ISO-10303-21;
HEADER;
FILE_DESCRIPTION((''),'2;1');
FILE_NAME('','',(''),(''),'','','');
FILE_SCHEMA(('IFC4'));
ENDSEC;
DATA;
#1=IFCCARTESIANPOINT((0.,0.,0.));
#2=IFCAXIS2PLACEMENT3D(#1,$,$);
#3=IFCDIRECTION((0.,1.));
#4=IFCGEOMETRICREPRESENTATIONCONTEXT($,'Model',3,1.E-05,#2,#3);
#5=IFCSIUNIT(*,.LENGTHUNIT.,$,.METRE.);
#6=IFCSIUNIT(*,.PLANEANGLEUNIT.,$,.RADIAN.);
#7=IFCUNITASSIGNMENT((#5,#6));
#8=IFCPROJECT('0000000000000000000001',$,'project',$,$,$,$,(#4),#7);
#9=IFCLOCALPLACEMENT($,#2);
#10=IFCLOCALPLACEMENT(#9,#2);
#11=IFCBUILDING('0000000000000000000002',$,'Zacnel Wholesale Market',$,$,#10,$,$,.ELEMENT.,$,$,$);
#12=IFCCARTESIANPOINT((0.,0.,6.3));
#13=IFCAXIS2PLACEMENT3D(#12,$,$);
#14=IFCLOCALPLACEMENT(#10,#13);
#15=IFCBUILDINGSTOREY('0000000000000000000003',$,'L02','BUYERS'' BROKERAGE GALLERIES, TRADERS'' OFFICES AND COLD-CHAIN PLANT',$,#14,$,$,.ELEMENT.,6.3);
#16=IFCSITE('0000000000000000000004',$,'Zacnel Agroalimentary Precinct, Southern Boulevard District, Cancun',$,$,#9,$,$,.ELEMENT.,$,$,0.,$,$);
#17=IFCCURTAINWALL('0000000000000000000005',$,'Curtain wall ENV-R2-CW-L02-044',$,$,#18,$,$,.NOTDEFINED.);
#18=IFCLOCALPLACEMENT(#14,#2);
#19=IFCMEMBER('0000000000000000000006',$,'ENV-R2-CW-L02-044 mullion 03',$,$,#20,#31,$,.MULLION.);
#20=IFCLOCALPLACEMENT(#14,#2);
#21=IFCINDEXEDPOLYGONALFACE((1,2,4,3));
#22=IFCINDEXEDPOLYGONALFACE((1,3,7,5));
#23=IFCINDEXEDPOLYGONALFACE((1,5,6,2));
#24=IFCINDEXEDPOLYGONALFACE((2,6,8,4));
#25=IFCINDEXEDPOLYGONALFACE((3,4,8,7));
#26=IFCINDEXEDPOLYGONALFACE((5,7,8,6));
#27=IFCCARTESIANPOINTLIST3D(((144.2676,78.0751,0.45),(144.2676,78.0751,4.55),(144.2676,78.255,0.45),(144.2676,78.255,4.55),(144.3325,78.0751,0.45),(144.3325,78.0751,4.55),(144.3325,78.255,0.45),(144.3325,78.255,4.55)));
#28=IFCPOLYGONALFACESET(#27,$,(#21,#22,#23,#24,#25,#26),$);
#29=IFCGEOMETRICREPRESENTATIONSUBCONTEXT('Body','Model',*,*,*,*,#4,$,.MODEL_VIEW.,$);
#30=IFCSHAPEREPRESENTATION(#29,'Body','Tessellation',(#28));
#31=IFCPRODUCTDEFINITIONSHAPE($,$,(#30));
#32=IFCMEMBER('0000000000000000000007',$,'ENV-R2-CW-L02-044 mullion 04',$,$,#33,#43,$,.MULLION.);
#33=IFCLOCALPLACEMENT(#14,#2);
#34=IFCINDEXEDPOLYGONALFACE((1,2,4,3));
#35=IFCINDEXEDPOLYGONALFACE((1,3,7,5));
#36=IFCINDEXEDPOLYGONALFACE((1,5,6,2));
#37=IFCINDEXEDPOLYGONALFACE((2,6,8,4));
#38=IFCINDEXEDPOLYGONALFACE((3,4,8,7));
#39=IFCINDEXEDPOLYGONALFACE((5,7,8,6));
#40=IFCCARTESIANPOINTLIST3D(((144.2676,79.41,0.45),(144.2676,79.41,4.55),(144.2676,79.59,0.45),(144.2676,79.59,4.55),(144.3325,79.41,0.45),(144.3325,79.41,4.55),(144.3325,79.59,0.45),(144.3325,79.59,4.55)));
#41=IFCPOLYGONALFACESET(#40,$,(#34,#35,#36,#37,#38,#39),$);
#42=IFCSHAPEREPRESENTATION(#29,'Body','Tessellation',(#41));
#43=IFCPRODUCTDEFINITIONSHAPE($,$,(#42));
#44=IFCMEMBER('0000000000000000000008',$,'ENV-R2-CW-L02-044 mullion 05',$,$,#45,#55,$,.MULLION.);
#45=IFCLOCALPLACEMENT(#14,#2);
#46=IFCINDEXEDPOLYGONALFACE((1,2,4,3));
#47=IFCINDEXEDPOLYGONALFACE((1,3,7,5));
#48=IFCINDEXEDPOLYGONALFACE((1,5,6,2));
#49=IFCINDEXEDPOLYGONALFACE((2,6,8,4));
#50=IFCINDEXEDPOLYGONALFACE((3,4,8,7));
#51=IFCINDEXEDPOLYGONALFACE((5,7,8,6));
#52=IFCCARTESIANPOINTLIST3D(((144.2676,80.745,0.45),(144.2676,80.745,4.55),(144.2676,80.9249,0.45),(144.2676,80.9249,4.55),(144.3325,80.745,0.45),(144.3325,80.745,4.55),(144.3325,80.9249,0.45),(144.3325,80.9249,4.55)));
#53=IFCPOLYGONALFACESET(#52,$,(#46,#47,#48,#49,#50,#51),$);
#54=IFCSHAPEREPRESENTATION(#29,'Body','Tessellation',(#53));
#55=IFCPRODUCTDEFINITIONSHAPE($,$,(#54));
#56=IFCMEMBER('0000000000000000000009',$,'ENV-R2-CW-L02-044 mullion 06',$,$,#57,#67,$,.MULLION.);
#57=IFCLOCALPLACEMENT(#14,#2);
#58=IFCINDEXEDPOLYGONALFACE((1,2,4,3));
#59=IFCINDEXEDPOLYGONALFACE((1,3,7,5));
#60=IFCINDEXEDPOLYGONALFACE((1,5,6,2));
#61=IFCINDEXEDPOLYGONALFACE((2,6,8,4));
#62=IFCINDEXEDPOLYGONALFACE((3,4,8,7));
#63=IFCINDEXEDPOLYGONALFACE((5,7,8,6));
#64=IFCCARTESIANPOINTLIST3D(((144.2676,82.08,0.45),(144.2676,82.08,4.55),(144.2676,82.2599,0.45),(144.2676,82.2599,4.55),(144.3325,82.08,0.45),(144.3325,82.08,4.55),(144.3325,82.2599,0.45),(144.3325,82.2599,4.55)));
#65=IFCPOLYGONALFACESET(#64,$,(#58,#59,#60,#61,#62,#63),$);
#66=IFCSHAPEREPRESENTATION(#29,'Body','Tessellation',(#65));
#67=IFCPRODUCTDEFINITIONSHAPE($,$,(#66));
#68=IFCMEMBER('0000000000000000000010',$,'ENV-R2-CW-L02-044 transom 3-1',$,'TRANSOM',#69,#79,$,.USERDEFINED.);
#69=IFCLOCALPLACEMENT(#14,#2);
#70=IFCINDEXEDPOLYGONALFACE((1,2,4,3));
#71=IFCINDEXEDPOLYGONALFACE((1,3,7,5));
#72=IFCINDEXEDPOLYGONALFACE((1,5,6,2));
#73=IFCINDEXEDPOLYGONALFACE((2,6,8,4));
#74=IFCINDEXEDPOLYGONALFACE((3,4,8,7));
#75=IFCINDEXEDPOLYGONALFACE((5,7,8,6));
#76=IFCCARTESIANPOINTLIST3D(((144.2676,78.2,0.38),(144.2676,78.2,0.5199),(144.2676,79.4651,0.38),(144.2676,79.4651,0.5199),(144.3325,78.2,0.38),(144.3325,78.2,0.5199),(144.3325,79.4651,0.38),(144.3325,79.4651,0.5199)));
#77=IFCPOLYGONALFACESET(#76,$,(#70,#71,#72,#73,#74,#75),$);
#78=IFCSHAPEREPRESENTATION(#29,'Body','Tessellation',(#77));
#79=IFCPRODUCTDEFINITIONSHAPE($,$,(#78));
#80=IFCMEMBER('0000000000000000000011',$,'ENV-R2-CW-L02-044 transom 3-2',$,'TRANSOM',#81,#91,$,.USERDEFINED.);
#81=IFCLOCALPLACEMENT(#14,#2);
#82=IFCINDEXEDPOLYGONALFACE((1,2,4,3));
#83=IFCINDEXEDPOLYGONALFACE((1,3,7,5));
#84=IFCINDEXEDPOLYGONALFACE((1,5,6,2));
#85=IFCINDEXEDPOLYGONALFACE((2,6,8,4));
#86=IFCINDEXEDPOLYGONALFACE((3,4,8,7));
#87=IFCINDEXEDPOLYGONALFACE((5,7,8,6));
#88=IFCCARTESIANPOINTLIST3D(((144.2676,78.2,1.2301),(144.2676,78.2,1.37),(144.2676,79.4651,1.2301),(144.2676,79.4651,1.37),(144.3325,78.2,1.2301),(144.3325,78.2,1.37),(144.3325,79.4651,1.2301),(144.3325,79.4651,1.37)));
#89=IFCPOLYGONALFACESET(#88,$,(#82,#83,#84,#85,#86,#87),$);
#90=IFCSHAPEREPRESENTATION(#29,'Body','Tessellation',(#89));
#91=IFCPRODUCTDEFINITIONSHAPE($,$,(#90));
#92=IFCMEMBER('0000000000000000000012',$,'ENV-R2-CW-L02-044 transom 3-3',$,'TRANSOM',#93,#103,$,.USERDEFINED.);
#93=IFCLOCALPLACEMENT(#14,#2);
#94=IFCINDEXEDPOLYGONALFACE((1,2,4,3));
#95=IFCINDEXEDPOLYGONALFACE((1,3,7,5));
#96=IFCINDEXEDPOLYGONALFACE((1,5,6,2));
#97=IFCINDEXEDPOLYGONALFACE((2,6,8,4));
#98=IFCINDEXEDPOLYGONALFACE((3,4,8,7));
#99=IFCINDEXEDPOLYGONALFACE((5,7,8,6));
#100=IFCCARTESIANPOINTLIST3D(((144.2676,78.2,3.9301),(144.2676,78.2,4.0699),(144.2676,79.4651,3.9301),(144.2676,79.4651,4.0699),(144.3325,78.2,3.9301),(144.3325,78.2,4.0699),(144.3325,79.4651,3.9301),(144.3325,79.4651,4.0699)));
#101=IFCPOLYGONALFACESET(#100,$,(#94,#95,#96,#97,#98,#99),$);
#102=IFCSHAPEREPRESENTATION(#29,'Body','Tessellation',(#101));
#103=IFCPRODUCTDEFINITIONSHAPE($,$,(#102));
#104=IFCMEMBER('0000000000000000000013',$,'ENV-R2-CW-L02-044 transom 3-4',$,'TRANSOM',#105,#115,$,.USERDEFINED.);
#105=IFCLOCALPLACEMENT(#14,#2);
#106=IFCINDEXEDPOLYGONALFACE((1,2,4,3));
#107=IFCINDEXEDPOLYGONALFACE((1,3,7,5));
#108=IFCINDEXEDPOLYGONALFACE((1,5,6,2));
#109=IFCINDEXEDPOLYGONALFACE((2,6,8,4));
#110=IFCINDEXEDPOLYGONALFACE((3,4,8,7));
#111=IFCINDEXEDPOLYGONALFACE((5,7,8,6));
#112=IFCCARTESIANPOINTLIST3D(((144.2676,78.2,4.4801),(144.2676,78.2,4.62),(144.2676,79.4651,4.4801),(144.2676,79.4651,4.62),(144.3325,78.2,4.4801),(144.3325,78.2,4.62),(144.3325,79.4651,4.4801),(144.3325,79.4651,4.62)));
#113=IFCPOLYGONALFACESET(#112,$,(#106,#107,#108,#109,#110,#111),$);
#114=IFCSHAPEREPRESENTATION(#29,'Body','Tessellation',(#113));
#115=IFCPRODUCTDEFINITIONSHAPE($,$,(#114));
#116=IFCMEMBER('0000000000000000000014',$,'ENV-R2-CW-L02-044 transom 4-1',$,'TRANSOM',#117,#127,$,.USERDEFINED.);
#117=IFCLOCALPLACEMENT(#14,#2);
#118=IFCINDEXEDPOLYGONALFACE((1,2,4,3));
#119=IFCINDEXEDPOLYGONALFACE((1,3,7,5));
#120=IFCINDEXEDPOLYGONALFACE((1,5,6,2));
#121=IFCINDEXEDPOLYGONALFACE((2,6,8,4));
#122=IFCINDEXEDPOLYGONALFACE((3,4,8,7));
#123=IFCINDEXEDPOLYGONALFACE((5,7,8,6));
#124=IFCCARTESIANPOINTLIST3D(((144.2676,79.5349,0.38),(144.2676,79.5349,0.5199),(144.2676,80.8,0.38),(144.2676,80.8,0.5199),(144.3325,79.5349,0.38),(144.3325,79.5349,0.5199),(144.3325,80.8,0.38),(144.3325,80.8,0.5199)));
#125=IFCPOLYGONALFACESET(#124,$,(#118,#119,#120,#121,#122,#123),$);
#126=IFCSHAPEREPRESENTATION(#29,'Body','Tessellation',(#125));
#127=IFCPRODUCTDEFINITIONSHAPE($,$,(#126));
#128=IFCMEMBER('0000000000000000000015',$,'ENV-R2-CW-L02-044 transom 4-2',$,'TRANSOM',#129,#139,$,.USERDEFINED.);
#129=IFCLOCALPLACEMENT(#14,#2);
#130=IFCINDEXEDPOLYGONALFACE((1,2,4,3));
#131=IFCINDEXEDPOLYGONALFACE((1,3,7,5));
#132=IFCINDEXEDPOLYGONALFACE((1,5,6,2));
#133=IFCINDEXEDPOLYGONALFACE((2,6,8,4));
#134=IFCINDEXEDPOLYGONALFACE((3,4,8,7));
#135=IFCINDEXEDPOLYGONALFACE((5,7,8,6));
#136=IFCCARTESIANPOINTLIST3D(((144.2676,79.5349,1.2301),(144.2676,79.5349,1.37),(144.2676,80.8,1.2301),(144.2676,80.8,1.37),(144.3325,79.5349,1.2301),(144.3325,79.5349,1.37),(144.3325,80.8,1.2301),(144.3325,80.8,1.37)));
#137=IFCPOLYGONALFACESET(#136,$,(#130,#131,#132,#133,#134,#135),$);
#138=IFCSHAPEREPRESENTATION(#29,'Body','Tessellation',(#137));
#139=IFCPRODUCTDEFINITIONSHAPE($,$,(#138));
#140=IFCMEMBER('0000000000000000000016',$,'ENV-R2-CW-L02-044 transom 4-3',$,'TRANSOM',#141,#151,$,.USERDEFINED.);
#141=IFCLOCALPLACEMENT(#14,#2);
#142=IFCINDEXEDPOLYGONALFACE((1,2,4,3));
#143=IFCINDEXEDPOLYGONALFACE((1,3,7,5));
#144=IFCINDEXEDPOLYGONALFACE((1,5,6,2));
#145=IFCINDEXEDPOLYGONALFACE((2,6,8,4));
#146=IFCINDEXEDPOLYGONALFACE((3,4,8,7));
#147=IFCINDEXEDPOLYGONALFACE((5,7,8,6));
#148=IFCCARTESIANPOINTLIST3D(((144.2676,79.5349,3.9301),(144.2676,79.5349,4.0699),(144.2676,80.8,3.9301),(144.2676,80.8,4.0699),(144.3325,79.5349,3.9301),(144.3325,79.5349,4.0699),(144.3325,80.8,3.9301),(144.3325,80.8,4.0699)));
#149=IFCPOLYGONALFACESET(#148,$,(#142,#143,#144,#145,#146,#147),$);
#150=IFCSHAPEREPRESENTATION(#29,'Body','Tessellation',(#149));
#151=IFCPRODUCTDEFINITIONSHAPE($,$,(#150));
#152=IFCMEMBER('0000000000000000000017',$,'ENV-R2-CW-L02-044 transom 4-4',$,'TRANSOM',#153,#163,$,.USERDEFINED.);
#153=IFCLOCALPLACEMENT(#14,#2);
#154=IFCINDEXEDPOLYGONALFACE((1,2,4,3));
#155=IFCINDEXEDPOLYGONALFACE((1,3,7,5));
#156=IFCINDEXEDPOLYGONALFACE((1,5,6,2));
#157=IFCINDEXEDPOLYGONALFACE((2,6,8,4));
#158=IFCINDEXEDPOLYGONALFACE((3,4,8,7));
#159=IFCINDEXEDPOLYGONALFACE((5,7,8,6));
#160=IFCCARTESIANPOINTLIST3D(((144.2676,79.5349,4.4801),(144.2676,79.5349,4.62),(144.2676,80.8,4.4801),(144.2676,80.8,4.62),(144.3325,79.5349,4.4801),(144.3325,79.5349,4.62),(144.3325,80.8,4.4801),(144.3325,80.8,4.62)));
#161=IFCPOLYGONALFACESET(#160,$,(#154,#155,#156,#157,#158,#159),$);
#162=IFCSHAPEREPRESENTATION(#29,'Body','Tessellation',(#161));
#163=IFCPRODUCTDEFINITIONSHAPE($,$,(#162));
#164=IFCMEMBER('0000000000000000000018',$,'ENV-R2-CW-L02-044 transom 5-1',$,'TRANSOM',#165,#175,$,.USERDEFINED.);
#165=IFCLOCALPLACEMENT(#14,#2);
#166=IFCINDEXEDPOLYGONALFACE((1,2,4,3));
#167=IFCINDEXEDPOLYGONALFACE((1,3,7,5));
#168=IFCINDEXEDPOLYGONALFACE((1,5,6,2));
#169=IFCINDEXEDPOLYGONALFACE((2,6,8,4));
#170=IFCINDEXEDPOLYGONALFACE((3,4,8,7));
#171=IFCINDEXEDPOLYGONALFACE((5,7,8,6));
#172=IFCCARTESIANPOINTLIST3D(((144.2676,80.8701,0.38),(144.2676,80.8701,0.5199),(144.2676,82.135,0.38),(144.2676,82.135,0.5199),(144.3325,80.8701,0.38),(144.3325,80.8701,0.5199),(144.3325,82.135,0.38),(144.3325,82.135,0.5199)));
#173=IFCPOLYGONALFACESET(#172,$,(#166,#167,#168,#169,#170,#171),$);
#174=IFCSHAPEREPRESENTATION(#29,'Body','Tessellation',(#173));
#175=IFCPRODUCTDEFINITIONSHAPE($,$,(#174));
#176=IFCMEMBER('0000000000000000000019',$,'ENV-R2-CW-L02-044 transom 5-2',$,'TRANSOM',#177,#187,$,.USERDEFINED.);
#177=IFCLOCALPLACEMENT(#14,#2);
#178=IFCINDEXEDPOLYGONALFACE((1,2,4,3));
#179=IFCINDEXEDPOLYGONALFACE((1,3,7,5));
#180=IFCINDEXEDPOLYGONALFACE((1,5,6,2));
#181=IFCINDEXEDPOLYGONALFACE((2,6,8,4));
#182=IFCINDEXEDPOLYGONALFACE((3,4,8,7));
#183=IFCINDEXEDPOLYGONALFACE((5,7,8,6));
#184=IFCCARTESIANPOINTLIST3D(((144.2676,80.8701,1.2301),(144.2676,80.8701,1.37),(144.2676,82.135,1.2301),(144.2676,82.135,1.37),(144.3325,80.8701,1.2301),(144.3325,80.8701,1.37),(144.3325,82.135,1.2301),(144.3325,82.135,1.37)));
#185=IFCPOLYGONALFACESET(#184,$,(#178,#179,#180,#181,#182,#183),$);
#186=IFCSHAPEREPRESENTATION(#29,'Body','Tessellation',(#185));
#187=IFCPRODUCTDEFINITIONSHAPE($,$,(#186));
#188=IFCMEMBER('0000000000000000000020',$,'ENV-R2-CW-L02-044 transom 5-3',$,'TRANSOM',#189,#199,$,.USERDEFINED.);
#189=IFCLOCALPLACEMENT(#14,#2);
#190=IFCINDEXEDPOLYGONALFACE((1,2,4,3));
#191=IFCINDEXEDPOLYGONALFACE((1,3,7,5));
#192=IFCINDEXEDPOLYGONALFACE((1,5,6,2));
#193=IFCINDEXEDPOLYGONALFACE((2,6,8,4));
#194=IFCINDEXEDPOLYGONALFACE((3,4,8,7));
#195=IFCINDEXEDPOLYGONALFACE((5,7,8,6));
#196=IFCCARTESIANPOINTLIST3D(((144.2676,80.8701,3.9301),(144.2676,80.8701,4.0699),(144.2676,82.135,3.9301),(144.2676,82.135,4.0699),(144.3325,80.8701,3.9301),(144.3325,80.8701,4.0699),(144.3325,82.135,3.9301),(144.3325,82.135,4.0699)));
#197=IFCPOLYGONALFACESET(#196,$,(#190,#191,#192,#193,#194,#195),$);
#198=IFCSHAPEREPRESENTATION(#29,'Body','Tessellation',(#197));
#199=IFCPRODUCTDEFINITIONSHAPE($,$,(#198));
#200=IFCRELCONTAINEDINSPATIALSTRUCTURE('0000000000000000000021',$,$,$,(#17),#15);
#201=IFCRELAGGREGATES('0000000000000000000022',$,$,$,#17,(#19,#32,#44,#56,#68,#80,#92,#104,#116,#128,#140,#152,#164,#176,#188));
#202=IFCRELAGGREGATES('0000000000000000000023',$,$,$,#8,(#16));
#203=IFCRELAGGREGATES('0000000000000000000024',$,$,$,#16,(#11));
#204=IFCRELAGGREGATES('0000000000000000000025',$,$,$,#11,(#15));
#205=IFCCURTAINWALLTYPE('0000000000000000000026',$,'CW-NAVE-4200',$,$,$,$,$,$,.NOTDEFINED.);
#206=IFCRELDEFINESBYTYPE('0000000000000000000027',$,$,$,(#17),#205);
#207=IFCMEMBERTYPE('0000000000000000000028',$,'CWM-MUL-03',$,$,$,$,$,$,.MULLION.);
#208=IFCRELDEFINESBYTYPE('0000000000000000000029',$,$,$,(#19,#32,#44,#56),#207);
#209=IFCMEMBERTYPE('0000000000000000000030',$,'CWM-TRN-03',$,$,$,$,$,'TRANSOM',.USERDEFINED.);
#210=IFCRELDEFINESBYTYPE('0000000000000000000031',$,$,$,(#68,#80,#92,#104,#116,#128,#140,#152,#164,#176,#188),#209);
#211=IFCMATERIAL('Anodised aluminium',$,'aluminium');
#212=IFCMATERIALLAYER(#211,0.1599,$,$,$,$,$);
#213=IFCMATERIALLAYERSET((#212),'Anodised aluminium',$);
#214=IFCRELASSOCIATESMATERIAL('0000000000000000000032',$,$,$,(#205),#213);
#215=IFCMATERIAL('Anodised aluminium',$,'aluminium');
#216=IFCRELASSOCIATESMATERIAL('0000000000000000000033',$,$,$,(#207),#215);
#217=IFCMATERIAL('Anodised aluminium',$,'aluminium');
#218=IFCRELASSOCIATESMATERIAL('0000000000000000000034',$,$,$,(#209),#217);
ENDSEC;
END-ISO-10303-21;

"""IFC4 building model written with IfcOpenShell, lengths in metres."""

from ifc_helpers import new_model, si_unit, direction, frame, origin, origin_2d, place, context, subcontext, project, spatial, rectangle, extrude, material, layer, layer_set, material_profile, profile_set, type_object, element, aggregate, save


model = new_model("IFC4")

# Units and contexts
model_context = context("Model", 3, precision=1e-05, world=origin(), true_north=direction((0.0, 1.0)))
body_context = subcontext(model_context, "Body", "Model", "MODEL_VIEW")
ifc_project = project(units=[si_unit("LENGTHUNIT", "METRE"), si_unit("PLANEANGLEUNIT", "RADIAN")], contexts=[model_context])

# Site, building, storey
site_placement = place(None, origin())
site = spatial("IfcSite", under=ifc_project, at=site_placement, Name="Zacnel Agroalimentary Precinct, Southern Boulevard District, Cancun", CompositionType="ELEMENT", RefElevation=0.0)
building_placement = place(site_placement, origin())
building = spatial("IfcBuilding", under=site, at=building_placement, Name="Zacnel Wholesale Market", CompositionType="ELEMENT")
storey_placement = place(building_placement, frame((0.0, 0.0, 6.3)))
storey = spatial("IfcBuildingStorey", under=building, at=storey_placement, Name="L02", Description="BUYERS' BROKERAGE GALLERIES, TRADERS' OFFICES AND COLD-CHAIN PLANT", CompositionType="ELEMENT", Elevation=6.3)

# Curtain wall, members
ifc_material_1 = material(Name="Anodised aluminium", Category="aluminium")
ifc_layer_1 = layer(ifc_material_1, 0.1599)
ifc_layer_set_1 = layer_set([ifc_layer_1], Name="Anodised aluminium")
curtain_wall_type = type_object("IfcCurtainWallType", Name="CW-NAVE-4200", PredefinedType="NOTDEFINED", material=ifc_layer_set_1)
curtain_wall_placement = place(storey_placement, origin())
curtain_wall = element("IfcCurtainWall", 1, at=curtain_wall_placement, inside=storey, type_object=curtain_wall_type, Name="Curtain wall ENV-R2-CW-L02-044", PredefinedType="NOTDEFINED")
ifc_material_2 = material(Name="Anodised aluminium", Category="aluminium")
ifc_material_profile_1 = material_profile(ifc_material_2, rectangle(XDim=0.0649, YDim=0.1799, at=origin_2d()), Name="AW-MULLION 65x180")
ifc_profile_set_1 = profile_set([ifc_material_profile_1], Name="Anodised aluminium")
member_type_1 = type_object("IfcMemberType", Name="CWM-MUL-03", PredefinedType="MULLION", material=ifc_profile_set_1)
member_1_placement = place(storey_placement, frame((144.3, 78.165, 0.45), z_axis=(0.0, 0.0, 1.0), x_axis=(1.0, 0.0, 0.0)))
member_1 = element("IfcMember", 2, at=member_1_placement, type_object=member_type_1, Name="ENV-R2-CW-L02-044 mullion 03", PredefinedType="MULLION", context=body_context, shape_type="SweptSolid", body=[
    extrude(rectangle(XDim=0.0649, YDim=0.1799, at=origin_2d()), origin(), (0.0, 0.0, 1.0), 4.1001),
])
member_2_placement = place(storey_placement, frame((144.3, 79.5, 0.45), z_axis=(0.0, 0.0, 1.0), x_axis=(1.0, 0.0, 0.0)))
member_2 = element("IfcMember", 3, at=member_2_placement, type_object=member_type_1, Name="ENV-R2-CW-L02-044 mullion 04", PredefinedType="MULLION", context=body_context, shape_type="SweptSolid", body=[
    extrude(rectangle(XDim=0.0649, YDim=0.1799, at=origin_2d()), origin(), (0.0, 0.0, 1.0), 4.1001),
])
member_3_placement = place(storey_placement, frame((144.3, 80.835, 0.45), z_axis=(0.0, 0.0, 1.0), x_axis=(1.0, 0.0, 0.0)))
member_3 = element("IfcMember", 4, at=member_3_placement, type_object=member_type_1, Name="ENV-R2-CW-L02-044 mullion 05", PredefinedType="MULLION", context=body_context, shape_type="SweptSolid", body=[
    extrude(rectangle(XDim=0.0649, YDim=0.1799, at=origin_2d()), origin(), (0.0, 0.0, 1.0), 4.1001),
])
member_4_placement = place(storey_placement, frame((144.3, 82.1699, 0.45), z_axis=(0.0, 0.0, 1.0), x_axis=(1.0, 0.0, 0.0)))
member_4 = element("IfcMember", 5, at=member_4_placement, type_object=member_type_1, Name="ENV-R2-CW-L02-044 mullion 06", PredefinedType="MULLION", context=body_context, shape_type="SweptSolid", body=[
    extrude(rectangle(XDim=0.0649, YDim=0.1799, at=origin_2d()), origin(), (0.0, 0.0, 1.0), 4.1001),
])
ifc_material_3 = material(Name="Anodised aluminium", Category="aluminium")
ifc_material_profile_2 = material_profile(ifc_material_3, rectangle(XDim=0.0649, YDim=0.1399, at=origin_2d()), Name="AW-TRANSOM 65x140")
ifc_profile_set_2 = profile_set([ifc_material_profile_2], Name="Anodised aluminium")
member_type_2 = type_object("IfcMemberType", Name="CWM-TRN-03", ElementType="TRANSOM", PredefinedType="USERDEFINED", material=ifc_profile_set_2)
member_5_placement = place(storey_placement, frame((144.3, 78.2, 0.45), z_axis=(0.0, 1.0, 0.0), x_axis=(-1.0, 0.0, 0.0)))
member_5 = element("IfcMember", 6, at=member_5_placement, type_object=member_type_2, Name="ENV-R2-CW-L02-044 transom 3-1", ObjectType="TRANSOM", PredefinedType="USERDEFINED", context=body_context, shape_type="SweptSolid", body=[
    extrude(rectangle(XDim=0.0649, YDim=0.1399, at=origin_2d()), origin(), (0.0, 0.0, 1.0), 1.2651),
])
member_6_placement = place(storey_placement, frame((144.3, 78.2, 1.3), z_axis=(0.0, 1.0, 0.0), x_axis=(-1.0, 0.0, 0.0)))
member_6 = element("IfcMember", 7, at=member_6_placement, type_object=member_type_2, Name="ENV-R2-CW-L02-044 transom 3-2", ObjectType="TRANSOM", PredefinedType="USERDEFINED", context=body_context, shape_type="SweptSolid", body=[
    extrude(rectangle(XDim=0.0649, YDim=0.1399, at=origin_2d()), origin(), (0.0, 0.0, 1.0), 1.2651),
])
member_7_placement = place(storey_placement, frame((144.3, 78.2, 4.0), z_axis=(0.0, 1.0, 0.0), x_axis=(-1.0, 0.0, 0.0)))
member_7 = element("IfcMember", 8, at=member_7_placement, type_object=member_type_2, Name="ENV-R2-CW-L02-044 transom 3-3", ObjectType="TRANSOM", PredefinedType="USERDEFINED", context=body_context, shape_type="SweptSolid", body=[
    extrude(rectangle(XDim=0.0649, YDim=0.1399, at=origin_2d()), origin(), (0.0, 0.0, 1.0), 1.2651),
])
member_8_placement = place(storey_placement, frame((144.3, 78.2, 4.55), z_axis=(0.0, 1.0, 0.0), x_axis=(-1.0, 0.0, 0.0)))
member_8 = element("IfcMember", 9, at=member_8_placement, type_object=member_type_2, Name="ENV-R2-CW-L02-044 transom 3-4", ObjectType="TRANSOM", PredefinedType="USERDEFINED", context=body_context, shape_type="SweptSolid", body=[
    extrude(rectangle(XDim=0.0649, YDim=0.1399, at=origin_2d()), origin(), (0.0, 0.0, 1.0), 1.2651),
])
member_9_placement = place(storey_placement, frame((144.3, 79.5349, 0.45), z_axis=(0.0, 1.0, 0.0), x_axis=(-1.0, 0.0, 0.0)))
member_9 = element("IfcMember", 10, at=member_9_placement, type_object=member_type_2, Name="ENV-R2-CW-L02-044 transom 4-1", ObjectType="TRANSOM", PredefinedType="USERDEFINED", context=body_context, shape_type="SweptSolid", body=[
    extrude(rectangle(XDim=0.0649, YDim=0.1399, at=origin_2d()), origin(), (0.0, 0.0, 1.0), 1.2651),
])
member_10_placement = place(storey_placement, frame((144.3, 79.5349, 1.3), z_axis=(0.0, 1.0, 0.0), x_axis=(-1.0, 0.0, 0.0)))
member_10 = element("IfcMember", 11, at=member_10_placement, type_object=member_type_2, Name="ENV-R2-CW-L02-044 transom 4-2", ObjectType="TRANSOM", PredefinedType="USERDEFINED", context=body_context, shape_type="SweptSolid", body=[
    extrude(rectangle(XDim=0.0649, YDim=0.1399, at=origin_2d()), origin(), (0.0, 0.0, 1.0), 1.2651),
])
member_11_placement = place(storey_placement, frame((144.3, 79.5349, 4.0), z_axis=(0.0, 1.0, 0.0), x_axis=(-1.0, 0.0, 0.0)))
member_11 = element("IfcMember", 12, at=member_11_placement, type_object=member_type_2, Name="ENV-R2-CW-L02-044 transom 4-3", ObjectType="TRANSOM", PredefinedType="USERDEFINED", context=body_context, shape_type="SweptSolid", body=[
    extrude(rectangle(XDim=0.0649, YDim=0.1399, at=origin_2d()), origin(), (0.0, 0.0, 1.0), 1.2651),
])
member_12_placement = place(storey_placement, frame((144.3, 79.5349, 4.55), z_axis=(0.0, 1.0, 0.0), x_axis=(-1.0, 0.0, 0.0)))
member_12 = element("IfcMember", 13, at=member_12_placement, type_object=member_type_2, Name="ENV-R2-CW-L02-044 transom 4-4", ObjectType="TRANSOM", PredefinedType="USERDEFINED", context=body_context, shape_type="SweptSolid", body=[
    extrude(rectangle(XDim=0.0649, YDim=0.1399, at=origin_2d()), origin(), (0.0, 0.0, 1.0), 1.2651),
])
member_13_placement = place(storey_placement, frame((144.3, 80.8701, 0.45), z_axis=(0.0, 1.0, 0.0), x_axis=(-1.0, 0.0, 0.0)))
member_13 = element("IfcMember", 14, at=member_13_placement, type_object=member_type_2, Name="ENV-R2-CW-L02-044 transom 5-1", ObjectType="TRANSOM", PredefinedType="USERDEFINED", context=body_context, shape_type="SweptSolid", body=[
    extrude(rectangle(XDim=0.0649, YDim=0.1399, at=origin_2d()), origin(), (0.0, 0.0, 1.0), 1.2649),
])
member_14_placement = place(storey_placement, frame((144.3, 80.8701, 1.3), z_axis=(0.0, 1.0, 0.0), x_axis=(-1.0, 0.0, 0.0)))
member_14 = element("IfcMember", 15, at=member_14_placement, type_object=member_type_2, Name="ENV-R2-CW-L02-044 transom 5-2", ObjectType="TRANSOM", PredefinedType="USERDEFINED", context=body_context, shape_type="SweptSolid", body=[
    extrude(rectangle(XDim=0.0649, YDim=0.1399, at=origin_2d()), origin(), (0.0, 0.0, 1.0), 1.2649),
])
member_15_placement = place(storey_placement, frame((144.3, 80.8701, 4.0), z_axis=(0.0, 1.0, 0.0), x_axis=(-1.0, 0.0, 0.0)))
member_15 = element("IfcMember", 16, at=member_15_placement, type_object=member_type_2, Name="ENV-R2-CW-L02-044 transom 5-3", ObjectType="TRANSOM", PredefinedType="USERDEFINED", context=body_context, shape_type="SweptSolid", body=[
    extrude(rectangle(XDim=0.0649, YDim=0.1399, at=origin_2d()), origin(), (0.0, 0.0, 1.0), 1.2649),
])

aggregate(curtain_wall, [member_1, member_2, member_3, member_4, member_5, member_6, member_7, member_8, member_9, member_10, member_11, member_12, member_13, member_14, member_15])

save(model, "model.ifc")
